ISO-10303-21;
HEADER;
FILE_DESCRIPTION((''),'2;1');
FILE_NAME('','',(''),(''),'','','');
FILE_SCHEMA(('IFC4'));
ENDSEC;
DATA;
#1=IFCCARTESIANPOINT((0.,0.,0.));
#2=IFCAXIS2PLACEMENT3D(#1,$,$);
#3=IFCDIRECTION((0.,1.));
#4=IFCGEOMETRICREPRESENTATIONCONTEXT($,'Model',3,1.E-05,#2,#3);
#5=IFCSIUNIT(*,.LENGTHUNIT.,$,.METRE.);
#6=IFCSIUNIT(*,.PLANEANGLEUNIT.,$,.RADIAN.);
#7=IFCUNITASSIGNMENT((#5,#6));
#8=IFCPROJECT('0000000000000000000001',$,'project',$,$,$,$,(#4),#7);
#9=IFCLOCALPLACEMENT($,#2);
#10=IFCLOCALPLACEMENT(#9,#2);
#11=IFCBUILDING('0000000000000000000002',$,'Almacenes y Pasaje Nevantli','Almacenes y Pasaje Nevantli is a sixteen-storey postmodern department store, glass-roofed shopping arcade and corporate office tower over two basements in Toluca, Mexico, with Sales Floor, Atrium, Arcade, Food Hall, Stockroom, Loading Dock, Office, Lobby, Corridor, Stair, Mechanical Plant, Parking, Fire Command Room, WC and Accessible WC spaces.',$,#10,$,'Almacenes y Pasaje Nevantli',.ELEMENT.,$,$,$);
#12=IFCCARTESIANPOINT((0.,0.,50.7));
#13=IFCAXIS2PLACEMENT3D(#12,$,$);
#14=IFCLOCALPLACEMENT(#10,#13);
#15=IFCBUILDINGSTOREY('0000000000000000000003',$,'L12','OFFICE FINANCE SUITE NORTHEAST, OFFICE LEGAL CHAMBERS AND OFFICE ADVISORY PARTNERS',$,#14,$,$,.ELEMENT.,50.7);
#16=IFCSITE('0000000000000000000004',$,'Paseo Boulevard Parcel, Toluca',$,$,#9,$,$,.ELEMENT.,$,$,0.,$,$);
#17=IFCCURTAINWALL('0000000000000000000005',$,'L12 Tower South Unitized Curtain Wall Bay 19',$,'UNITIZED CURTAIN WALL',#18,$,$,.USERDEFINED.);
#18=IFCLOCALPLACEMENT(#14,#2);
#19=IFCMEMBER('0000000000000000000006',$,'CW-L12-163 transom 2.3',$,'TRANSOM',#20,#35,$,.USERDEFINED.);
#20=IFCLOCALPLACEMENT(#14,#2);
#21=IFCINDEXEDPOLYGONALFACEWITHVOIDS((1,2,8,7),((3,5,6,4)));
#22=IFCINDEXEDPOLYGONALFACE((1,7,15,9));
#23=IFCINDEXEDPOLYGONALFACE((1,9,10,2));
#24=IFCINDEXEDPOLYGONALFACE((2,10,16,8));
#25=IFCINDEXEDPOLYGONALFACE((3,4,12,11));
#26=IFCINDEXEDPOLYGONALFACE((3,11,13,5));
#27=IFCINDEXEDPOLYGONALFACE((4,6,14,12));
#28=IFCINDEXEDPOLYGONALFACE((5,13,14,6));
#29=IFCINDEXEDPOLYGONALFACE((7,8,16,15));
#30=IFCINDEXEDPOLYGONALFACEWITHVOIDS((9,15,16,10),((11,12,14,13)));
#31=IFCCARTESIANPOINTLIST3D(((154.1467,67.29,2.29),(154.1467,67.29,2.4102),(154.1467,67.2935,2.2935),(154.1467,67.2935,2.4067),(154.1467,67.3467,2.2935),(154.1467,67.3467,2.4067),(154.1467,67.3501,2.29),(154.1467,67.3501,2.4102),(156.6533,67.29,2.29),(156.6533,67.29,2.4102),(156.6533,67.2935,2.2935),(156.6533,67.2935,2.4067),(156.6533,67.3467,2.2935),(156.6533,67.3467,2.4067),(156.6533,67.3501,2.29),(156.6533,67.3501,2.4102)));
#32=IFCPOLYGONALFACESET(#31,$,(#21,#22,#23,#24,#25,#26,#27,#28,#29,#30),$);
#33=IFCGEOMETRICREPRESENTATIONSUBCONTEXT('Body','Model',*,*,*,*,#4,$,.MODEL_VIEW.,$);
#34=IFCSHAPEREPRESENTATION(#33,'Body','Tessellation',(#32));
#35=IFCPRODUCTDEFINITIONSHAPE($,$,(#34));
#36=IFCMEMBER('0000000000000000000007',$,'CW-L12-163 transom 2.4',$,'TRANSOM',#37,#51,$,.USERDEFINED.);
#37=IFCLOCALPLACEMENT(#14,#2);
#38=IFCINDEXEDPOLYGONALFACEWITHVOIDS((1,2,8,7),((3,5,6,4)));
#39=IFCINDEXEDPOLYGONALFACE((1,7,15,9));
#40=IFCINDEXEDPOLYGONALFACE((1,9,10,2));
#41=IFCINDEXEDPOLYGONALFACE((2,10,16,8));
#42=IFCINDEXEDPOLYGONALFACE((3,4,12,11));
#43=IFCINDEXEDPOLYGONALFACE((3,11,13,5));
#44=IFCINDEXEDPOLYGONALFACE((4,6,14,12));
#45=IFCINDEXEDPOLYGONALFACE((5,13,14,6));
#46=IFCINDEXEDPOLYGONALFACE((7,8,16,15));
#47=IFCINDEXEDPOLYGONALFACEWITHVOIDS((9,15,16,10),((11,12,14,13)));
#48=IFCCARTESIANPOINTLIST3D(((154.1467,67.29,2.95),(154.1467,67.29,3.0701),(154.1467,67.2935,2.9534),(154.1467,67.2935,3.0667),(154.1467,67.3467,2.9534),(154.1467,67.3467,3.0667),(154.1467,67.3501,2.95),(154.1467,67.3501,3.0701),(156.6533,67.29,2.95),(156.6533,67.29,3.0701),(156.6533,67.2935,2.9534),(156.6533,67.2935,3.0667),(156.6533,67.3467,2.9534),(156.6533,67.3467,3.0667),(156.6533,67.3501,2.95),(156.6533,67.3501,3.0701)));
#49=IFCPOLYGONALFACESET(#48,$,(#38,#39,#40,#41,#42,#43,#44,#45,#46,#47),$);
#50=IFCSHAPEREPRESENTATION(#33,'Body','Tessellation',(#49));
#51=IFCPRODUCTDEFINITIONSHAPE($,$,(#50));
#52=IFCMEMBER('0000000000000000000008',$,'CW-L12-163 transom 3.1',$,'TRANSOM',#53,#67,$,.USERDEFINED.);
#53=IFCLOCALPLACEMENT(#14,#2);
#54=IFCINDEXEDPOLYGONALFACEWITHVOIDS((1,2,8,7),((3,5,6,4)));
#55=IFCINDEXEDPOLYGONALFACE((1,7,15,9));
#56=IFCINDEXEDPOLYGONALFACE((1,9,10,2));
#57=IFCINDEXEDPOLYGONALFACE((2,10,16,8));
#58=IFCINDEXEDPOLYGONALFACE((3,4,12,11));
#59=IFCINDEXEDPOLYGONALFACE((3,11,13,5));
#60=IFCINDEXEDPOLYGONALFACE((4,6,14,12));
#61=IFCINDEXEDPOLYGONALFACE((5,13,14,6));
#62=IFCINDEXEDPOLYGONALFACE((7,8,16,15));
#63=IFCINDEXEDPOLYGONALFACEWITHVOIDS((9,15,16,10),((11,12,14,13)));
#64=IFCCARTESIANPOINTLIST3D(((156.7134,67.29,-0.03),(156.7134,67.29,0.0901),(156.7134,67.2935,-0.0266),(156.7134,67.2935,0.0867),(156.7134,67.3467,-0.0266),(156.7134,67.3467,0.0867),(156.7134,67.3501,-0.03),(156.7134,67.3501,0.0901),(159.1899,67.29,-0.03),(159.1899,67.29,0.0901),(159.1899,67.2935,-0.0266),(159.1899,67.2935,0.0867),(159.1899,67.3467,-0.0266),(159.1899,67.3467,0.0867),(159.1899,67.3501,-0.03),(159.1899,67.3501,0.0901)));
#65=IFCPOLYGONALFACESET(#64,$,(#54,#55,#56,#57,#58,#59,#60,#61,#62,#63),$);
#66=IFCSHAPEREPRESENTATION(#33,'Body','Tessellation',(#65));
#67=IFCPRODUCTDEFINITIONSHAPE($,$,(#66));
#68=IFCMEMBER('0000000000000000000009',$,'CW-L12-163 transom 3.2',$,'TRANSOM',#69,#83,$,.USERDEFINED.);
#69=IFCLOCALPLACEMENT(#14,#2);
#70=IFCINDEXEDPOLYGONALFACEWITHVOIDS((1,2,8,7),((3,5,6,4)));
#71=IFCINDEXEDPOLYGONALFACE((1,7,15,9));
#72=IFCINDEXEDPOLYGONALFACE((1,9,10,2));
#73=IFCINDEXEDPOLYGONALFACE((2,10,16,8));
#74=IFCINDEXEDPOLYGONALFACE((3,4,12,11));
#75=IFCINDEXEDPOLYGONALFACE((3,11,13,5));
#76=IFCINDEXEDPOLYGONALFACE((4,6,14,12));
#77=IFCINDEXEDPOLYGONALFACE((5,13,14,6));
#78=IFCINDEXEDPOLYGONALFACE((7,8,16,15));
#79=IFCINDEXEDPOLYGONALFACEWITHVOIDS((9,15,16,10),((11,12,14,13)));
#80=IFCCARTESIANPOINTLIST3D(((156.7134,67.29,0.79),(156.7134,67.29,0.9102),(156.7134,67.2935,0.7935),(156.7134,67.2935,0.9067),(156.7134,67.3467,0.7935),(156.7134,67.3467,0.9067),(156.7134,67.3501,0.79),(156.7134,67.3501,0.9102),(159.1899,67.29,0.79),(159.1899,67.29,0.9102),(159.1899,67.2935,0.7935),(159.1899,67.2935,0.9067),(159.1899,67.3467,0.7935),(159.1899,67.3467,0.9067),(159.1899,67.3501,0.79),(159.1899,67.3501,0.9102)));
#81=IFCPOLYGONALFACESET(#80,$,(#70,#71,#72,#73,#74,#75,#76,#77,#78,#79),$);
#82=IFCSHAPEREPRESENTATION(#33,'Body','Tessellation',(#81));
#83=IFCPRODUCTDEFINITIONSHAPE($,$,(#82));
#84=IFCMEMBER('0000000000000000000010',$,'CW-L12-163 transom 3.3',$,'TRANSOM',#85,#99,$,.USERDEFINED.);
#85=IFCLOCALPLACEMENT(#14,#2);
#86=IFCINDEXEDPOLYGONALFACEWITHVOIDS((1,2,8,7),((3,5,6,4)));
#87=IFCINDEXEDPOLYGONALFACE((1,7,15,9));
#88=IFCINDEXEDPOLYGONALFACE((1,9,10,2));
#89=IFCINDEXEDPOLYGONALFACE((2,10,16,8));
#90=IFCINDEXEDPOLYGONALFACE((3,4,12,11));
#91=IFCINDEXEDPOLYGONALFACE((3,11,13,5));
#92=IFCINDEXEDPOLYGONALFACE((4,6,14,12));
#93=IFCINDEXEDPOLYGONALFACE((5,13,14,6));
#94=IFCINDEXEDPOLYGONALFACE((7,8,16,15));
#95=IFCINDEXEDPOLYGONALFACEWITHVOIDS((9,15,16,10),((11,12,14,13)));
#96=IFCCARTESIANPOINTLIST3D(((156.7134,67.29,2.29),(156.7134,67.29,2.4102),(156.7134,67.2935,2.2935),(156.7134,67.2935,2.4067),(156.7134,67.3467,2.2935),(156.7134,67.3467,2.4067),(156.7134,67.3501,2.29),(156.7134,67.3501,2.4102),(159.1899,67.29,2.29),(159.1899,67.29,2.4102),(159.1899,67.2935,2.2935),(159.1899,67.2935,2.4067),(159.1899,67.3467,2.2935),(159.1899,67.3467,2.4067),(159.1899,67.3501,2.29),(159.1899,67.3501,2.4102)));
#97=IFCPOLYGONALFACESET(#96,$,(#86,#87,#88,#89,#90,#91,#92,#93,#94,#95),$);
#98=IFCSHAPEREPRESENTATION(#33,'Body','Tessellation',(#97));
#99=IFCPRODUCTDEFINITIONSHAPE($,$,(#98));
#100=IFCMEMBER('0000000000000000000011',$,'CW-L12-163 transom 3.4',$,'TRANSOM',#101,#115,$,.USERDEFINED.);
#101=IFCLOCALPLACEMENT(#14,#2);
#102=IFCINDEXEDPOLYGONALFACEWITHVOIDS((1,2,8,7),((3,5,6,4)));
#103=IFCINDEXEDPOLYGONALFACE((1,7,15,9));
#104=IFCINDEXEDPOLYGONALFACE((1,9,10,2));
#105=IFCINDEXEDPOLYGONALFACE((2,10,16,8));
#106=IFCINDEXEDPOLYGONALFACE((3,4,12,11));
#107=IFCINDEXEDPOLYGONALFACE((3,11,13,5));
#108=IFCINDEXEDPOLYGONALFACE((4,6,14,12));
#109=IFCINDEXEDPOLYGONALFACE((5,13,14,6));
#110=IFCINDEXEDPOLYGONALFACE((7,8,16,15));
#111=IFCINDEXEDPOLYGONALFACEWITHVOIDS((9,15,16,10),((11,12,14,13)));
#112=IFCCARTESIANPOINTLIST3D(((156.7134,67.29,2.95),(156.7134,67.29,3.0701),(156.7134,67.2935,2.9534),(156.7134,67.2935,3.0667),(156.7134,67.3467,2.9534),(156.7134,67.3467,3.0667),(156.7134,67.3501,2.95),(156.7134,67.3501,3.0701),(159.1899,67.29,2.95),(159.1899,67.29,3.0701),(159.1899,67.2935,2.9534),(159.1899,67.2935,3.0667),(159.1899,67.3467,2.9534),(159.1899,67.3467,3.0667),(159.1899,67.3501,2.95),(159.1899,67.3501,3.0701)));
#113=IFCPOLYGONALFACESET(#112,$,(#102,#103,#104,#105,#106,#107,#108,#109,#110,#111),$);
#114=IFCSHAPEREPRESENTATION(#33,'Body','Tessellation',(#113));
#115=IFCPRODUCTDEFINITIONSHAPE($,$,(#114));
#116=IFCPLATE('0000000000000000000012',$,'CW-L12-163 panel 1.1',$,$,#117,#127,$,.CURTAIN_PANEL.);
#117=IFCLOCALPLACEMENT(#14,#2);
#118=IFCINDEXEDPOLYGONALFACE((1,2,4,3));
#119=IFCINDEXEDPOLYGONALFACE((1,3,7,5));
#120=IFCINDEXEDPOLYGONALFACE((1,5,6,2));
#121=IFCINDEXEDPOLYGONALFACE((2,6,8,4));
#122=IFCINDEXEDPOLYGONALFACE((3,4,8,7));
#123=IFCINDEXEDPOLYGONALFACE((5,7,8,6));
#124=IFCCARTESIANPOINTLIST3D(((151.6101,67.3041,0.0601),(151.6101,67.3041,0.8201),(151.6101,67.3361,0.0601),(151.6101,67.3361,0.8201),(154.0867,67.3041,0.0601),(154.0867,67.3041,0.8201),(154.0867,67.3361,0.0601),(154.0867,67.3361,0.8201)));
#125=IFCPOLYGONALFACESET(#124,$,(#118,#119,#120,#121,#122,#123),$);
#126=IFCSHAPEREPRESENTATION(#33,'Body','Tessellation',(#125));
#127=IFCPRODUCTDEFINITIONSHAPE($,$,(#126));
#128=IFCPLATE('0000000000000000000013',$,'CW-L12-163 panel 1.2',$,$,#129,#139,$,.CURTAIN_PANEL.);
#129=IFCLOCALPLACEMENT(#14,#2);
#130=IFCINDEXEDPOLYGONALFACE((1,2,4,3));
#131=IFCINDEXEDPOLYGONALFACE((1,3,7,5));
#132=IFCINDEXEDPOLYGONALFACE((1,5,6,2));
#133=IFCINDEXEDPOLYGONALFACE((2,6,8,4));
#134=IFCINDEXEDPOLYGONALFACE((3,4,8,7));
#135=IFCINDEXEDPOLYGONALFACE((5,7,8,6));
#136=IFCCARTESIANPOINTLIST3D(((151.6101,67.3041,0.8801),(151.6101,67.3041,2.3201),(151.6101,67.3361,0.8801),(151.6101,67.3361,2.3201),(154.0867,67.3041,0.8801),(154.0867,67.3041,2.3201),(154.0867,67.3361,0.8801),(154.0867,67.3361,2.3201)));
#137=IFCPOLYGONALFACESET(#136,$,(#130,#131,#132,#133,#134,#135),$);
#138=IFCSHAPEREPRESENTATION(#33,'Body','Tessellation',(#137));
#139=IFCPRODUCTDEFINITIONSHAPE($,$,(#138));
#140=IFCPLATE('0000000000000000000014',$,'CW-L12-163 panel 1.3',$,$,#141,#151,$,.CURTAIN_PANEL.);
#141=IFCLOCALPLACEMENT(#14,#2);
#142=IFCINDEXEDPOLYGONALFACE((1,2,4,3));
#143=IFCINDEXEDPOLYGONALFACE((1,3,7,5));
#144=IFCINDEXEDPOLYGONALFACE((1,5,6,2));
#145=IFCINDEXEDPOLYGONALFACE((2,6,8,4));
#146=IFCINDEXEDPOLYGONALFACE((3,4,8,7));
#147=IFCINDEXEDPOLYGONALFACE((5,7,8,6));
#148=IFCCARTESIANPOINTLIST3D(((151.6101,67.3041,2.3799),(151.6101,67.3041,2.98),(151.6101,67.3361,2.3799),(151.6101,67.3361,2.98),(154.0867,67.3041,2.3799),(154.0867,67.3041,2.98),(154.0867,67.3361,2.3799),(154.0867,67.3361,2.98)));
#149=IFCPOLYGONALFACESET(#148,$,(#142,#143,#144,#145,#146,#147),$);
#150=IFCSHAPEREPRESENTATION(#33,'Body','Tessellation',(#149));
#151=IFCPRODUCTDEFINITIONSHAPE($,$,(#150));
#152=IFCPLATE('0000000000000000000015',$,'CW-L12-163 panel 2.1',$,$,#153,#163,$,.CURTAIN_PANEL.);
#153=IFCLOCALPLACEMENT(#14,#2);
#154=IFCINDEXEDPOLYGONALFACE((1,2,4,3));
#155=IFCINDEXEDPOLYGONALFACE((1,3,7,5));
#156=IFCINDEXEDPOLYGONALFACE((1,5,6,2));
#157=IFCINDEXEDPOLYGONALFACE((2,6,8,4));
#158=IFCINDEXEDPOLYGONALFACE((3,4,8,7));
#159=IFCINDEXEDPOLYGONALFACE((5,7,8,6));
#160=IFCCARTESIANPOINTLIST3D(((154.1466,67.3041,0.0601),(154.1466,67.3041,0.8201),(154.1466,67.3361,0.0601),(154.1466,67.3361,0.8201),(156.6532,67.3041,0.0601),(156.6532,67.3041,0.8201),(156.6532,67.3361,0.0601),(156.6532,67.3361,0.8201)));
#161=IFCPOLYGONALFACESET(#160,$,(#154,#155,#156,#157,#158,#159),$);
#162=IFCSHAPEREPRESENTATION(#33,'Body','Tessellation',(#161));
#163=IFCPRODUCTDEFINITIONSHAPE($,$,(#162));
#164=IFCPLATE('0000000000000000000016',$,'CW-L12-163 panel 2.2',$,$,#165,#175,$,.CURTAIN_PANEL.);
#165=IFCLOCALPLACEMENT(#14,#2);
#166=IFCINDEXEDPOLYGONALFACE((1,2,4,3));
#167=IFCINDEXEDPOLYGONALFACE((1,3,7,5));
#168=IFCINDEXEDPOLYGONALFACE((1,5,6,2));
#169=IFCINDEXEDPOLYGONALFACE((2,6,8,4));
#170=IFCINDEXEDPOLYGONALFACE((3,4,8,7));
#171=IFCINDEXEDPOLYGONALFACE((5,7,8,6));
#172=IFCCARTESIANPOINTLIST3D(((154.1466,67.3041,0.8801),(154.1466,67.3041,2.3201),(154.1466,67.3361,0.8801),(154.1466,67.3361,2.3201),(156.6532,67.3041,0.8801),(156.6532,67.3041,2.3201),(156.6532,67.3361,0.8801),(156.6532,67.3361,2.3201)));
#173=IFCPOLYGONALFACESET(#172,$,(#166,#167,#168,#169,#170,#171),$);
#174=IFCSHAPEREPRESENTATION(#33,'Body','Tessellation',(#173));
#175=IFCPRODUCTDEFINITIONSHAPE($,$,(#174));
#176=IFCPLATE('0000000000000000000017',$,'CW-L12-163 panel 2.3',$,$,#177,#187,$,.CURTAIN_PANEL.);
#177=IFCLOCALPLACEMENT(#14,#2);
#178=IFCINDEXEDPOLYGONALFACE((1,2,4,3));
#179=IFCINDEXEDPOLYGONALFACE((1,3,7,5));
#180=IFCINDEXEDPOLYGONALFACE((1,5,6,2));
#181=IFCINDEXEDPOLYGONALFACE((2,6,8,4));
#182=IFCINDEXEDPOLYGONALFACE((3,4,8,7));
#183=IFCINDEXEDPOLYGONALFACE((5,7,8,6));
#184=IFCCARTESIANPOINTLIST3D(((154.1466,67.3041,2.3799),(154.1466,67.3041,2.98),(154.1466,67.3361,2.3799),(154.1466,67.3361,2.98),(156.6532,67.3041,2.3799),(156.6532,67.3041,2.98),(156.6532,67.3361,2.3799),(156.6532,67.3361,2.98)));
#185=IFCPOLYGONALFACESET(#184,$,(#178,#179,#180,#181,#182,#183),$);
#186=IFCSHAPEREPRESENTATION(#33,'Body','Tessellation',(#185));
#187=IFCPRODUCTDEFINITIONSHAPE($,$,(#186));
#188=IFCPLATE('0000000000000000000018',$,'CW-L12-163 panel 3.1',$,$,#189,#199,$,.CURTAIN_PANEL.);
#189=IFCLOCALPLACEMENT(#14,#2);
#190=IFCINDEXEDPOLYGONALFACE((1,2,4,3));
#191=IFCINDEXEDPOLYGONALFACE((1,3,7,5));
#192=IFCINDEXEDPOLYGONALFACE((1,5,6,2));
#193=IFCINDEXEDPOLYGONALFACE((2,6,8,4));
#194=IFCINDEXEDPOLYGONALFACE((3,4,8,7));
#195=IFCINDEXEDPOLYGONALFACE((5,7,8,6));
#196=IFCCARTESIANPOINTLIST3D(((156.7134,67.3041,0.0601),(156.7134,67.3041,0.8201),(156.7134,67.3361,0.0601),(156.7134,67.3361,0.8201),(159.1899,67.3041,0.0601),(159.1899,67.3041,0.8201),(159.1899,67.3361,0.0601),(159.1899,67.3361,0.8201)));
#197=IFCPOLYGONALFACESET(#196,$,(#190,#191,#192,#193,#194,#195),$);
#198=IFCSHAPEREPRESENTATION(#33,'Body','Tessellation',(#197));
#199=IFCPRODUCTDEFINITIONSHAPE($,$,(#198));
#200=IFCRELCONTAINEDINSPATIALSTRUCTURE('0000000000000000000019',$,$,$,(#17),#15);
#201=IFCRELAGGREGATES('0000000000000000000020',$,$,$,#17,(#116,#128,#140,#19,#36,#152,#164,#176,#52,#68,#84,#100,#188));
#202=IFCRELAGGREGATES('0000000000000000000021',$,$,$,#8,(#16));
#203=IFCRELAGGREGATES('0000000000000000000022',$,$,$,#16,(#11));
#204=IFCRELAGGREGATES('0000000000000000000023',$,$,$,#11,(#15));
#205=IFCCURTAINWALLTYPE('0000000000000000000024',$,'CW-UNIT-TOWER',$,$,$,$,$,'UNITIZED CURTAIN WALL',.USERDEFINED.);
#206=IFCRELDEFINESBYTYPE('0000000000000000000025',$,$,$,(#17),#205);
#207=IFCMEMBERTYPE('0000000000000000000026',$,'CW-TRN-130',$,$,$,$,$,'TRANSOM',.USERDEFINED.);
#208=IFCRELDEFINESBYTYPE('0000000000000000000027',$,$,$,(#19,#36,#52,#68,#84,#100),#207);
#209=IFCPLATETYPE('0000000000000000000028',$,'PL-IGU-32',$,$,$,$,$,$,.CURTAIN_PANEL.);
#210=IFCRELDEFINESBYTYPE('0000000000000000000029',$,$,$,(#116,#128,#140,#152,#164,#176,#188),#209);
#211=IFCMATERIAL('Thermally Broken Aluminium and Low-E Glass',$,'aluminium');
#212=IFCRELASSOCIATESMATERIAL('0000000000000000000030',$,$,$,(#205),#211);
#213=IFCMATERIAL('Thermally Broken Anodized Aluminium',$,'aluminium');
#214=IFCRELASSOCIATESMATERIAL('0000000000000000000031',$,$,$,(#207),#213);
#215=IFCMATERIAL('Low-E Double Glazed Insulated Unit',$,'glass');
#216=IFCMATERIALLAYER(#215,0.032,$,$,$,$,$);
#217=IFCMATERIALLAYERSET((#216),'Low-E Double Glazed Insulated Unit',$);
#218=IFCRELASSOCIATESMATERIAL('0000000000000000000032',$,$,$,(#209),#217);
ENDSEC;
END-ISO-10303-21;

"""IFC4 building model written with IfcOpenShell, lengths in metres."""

from ifc_helpers import new_model, si_unit, direction, frame, origin, origin_2d, place, context, subcontext, project, spatial, rectangle, hollow_rectangle, extrude, material, layer, layer_set, material_profile, profile_set, type_object, element, aggregate, save


model = new_model("IFC4")

# Units and contexts
model_context = context("Model", 3, precision=1e-05, world=origin(), true_north=direction((0.0, 1.0)))
body_context = subcontext(model_context, "Body", "Model", "MODEL_VIEW")
ifc_project = project(units=[si_unit("LENGTHUNIT", "METRE"), si_unit("PLANEANGLEUNIT", "RADIAN")], contexts=[model_context])

# Site, building, storey
site_placement = place(None, origin())
site = spatial("IfcSite", under=ifc_project, at=site_placement, Name="Paseo Boulevard Parcel, Toluca", CompositionType="ELEMENT", RefElevation=0.0)
building_placement = place(site_placement, origin())
building = spatial("IfcBuilding", under=site, at=building_placement, Name="Almacenes y Pasaje Nevantli", Description="Almacenes y Pasaje Nevantli is a sixteen-storey postmodern department store, glass-roofed shopping arcade and corporate office tower over two basements in Toluca, Mexico, with Sales Floor, Atrium, Arcade, Food Hall, Stockroom, Loading Dock, Office, Lobby, Corridor, Stair, Mechanical Plant, Parking, Fire Command Room, WC and Accessible WC spaces.", LongName="Almacenes y Pasaje Nevantli", CompositionType="ELEMENT")
storey_placement = place(building_placement, frame((0.0, 0.0, 50.7)))
storey = spatial("IfcBuildingStorey", under=building, at=storey_placement, Name="L12", Description="OFFICE FINANCE SUITE NORTHEAST, OFFICE LEGAL CHAMBERS AND OFFICE ADVISORY PARTNERS", CompositionType="ELEMENT", Elevation=50.7)

# Curtain wall, members, plates
ifc_material_1 = material(Name="Thermally Broken Aluminium and Low-E Glass", Category="aluminium")
curtain_wall_type = type_object("IfcCurtainWallType", Name="CW-UNIT-TOWER", ElementType="UNITIZED CURTAIN WALL", PredefinedType="USERDEFINED", material=ifc_material_1)
curtain_wall_placement = place(storey_placement, origin())
curtain_wall = element("IfcCurtainWall", 1, at=curtain_wall_placement, inside=storey, type_object=curtain_wall_type, Name="L12 Tower South Unitized Curtain Wall Bay 19", ObjectType="UNITIZED CURTAIN WALL", PredefinedType="USERDEFINED")
ifc_material_2 = material(Name="Thermally Broken Anodized Aluminium", Category="aluminium")
ifc_material_profile_1 = material_profile(ifc_material_2, hollow_rectangle(XDim=0.0601, YDim=0.1201, WallThickness=0.0034, at=origin_2d()), Name="ALU-TRN-60x120")
ifc_profile_set_1 = profile_set([ifc_material_profile_1], Name="Thermally Broken Anodized Aluminium")
member_type_1 = type_object("IfcMemberType", Name="CW-TRN-130", ElementType="TRANSOM", PredefinedType="USERDEFINED", material=ifc_profile_set_1)
member_1_placement = place(storey_placement, frame((154.1467, 67.3201, 2.3501), z_axis=(1.0, 0.0, 0.0), x_axis=(0.0, 1.0, 0.0)))
member_1 = element("IfcMember", 2, at=member_1_placement, type_object=member_type_1, Name="CW-L12-163 transom 2.3", ObjectType="TRANSOM", PredefinedType="USERDEFINED", context=body_context, shape_type="SweptSolid", body=[
    extrude(hollow_rectangle(XDim=0.0601, YDim=0.1201, WallThickness=0.0034, at=origin_2d()), origin(), (0.0, 0.0, 1.0), 2.5066),
])
member_2_placement = place(storey_placement, frame((154.1467, 67.3201, 3.01), z_axis=(1.0, 0.0, 0.0), x_axis=(0.0, 1.0, 0.0)))
member_2 = element("IfcMember", 3, at=member_2_placement, type_object=member_type_1, Name="CW-L12-163 transom 2.4", ObjectType="TRANSOM", PredefinedType="USERDEFINED", context=body_context, shape_type="SweptSolid", body=[
    extrude(hollow_rectangle(XDim=0.0601, YDim=0.1201, WallThickness=0.0034, at=origin_2d()), origin(), (0.0, 0.0, 1.0), 2.5066),
])
member_3_placement = place(storey_placement, frame((156.7134, 67.3201, 0.03), z_axis=(1.0, 0.0, 0.0), x_axis=(0.0, 1.0, 0.0)))
member_3 = element("IfcMember", 4, at=member_3_placement, type_object=member_type_1, Name="CW-L12-163 transom 3.1", ObjectType="TRANSOM", PredefinedType="USERDEFINED", context=body_context, shape_type="SweptSolid", body=[
    extrude(hollow_rectangle(XDim=0.0601, YDim=0.1201, WallThickness=0.0034, at=origin_2d()), origin(), (0.0, 0.0, 1.0), 2.4766),
])
member_4_placement = place(storey_placement, frame((156.7134, 67.3201, 0.8501), z_axis=(1.0, 0.0, 0.0), x_axis=(0.0, 1.0, 0.0)))
member_4 = element("IfcMember", 5, at=member_4_placement, type_object=member_type_1, Name="CW-L12-163 transom 3.2", ObjectType="TRANSOM", PredefinedType="USERDEFINED", context=body_context, shape_type="SweptSolid", body=[
    extrude(hollow_rectangle(XDim=0.0601, YDim=0.1201, WallThickness=0.0034, at=origin_2d()), origin(), (0.0, 0.0, 1.0), 2.4766),
])
member_5_placement = place(storey_placement, frame((156.7134, 67.3201, 2.3501), z_axis=(1.0, 0.0, 0.0), x_axis=(0.0, 1.0, 0.0)))
member_5 = element("IfcMember", 6, at=member_5_placement, type_object=member_type_1, Name="CW-L12-163 transom 3.3", ObjectType="TRANSOM", PredefinedType="USERDEFINED", context=body_context, shape_type="SweptSolid", body=[
    extrude(hollow_rectangle(XDim=0.0601, YDim=0.1201, WallThickness=0.0034, at=origin_2d()), origin(), (0.0, 0.0, 1.0), 2.4766),
])
member_6_placement = place(storey_placement, frame((156.7134, 67.3201, 3.01), z_axis=(1.0, 0.0, 0.0), x_axis=(0.0, 1.0, 0.0)))
member_6 = element("IfcMember", 7, at=member_6_placement, type_object=member_type_1, Name="CW-L12-163 transom 3.4", ObjectType="TRANSOM", PredefinedType="USERDEFINED", context=body_context, shape_type="SweptSolid", body=[
    extrude(hollow_rectangle(XDim=0.0601, YDim=0.1201, WallThickness=0.0034, at=origin_2d()), origin(), (0.0, 0.0, 1.0), 2.4766),
])
ifc_material_3 = material(Name="Low-E Double Glazed Insulated Unit", Category="glass")
ifc_layer = layer(ifc_material_3, 0.032)
ifc_layer_set = layer_set([ifc_layer], Name="Low-E Double Glazed Insulated Unit")
plate_type = type_object("IfcPlateType", Name="PL-IGU-32", PredefinedType="CURTAIN_PANEL", material=ifc_layer_set)
plate_1_placement = place(storey_placement, frame((152.8484, 67.3201, 0.0601), z_axis=(0.0, 0.0, 1.0), x_axis=(1.0, 0.0, 0.0)))
plate_1 = element("IfcPlate", 8, at=plate_1_placement, type_object=plate_type, Name="CW-L12-163 panel 1.1", PredefinedType="CURTAIN_PANEL", context=body_context, shape_type="SweptSolid", body=[
    extrude(rectangle(XDim=2.4766, YDim=0.032, at=origin_2d()), origin(), (0.0, 0.0, 1.0), 0.76),
])
plate_2_placement = place(storey_placement, frame((152.8484, 67.3201, 0.8801), z_axis=(0.0, 0.0, 1.0), x_axis=(1.0, 0.0, 0.0)))
plate_2 = element("IfcPlate", 9, at=plate_2_placement, type_object=plate_type, Name="CW-L12-163 panel 1.2", PredefinedType="CURTAIN_PANEL", context=body_context, shape_type="SweptSolid", body=[
    extrude(rectangle(XDim=2.4766, YDim=0.032, at=origin_2d()), origin(), (0.0, 0.0, 1.0), 1.4399),
])
plate_3_placement = place(storey_placement, frame((152.8484, 67.3201, 2.3799), z_axis=(0.0, 0.0, 1.0), x_axis=(1.0, 0.0, 0.0)))
plate_3 = element("IfcPlate", 10, at=plate_3_placement, type_object=plate_type, Name="CW-L12-163 panel 1.3", PredefinedType="CURTAIN_PANEL", context=body_context, shape_type="SweptSolid", body=[
    extrude(rectangle(XDim=2.4766, YDim=0.032, at=origin_2d()), origin(), (0.0, 0.0, 1.0), 0.6001),
])
plate_4_placement = place(storey_placement, frame((155.3999, 67.3201, 0.0601), z_axis=(0.0, 0.0, 1.0), x_axis=(1.0, 0.0, 0.0)))
plate_4 = element("IfcPlate", 11, at=plate_4_placement, type_object=plate_type, Name="CW-L12-163 panel 2.1", PredefinedType="CURTAIN_PANEL", context=body_context, shape_type="SweptSolid", body=[
    extrude(rectangle(XDim=2.5066, YDim=0.032, at=origin_2d()), origin(), (0.0, 0.0, 1.0), 0.76),
])
plate_5_placement = place(storey_placement, frame((155.3999, 67.3201, 0.8801), z_axis=(0.0, 0.0, 1.0), x_axis=(1.0, 0.0, 0.0)))
plate_5 = element("IfcPlate", 12, at=plate_5_placement, type_object=plate_type, Name="CW-L12-163 panel 2.2", PredefinedType="CURTAIN_PANEL", context=body_context, shape_type="SweptSolid", body=[
    extrude(rectangle(XDim=2.5066, YDim=0.032, at=origin_2d()), origin(), (0.0, 0.0, 1.0), 1.4399),
])
plate_6_placement = place(storey_placement, frame((155.3999, 67.3201, 2.3799), z_axis=(0.0, 0.0, 1.0), x_axis=(1.0, 0.0, 0.0)))
plate_6 = element("IfcPlate", 13, at=plate_6_placement, type_object=plate_type, Name="CW-L12-163 panel 2.3", PredefinedType="CURTAIN_PANEL", context=body_context, shape_type="SweptSolid", body=[
    extrude(rectangle(XDim=2.5066, YDim=0.032, at=origin_2d()), origin(), (0.0, 0.0, 1.0), 0.6001),
])
plate_7_placement = place(storey_placement, frame((157.9517, 67.3201, 0.0601), z_axis=(0.0, 0.0, 1.0), x_axis=(1.0, 0.0, 0.0)))
plate_7 = element("IfcPlate", 14, at=plate_7_placement, type_object=plate_type, Name="CW-L12-163 panel 3.1", PredefinedType="CURTAIN_PANEL", context=body_context, shape_type="SweptSolid", body=[
    extrude(rectangle(XDim=2.4766, YDim=0.032, at=origin_2d()), origin(), (0.0, 0.0, 1.0), 0.76),
])
aggregate(curtain_wall, [plate_1, plate_2, plate_3, member_1, member_2, plate_4, plate_5, plate_6, member_3, member_4, member_5, member_6, plate_7])

save(model, "model.ifc")
